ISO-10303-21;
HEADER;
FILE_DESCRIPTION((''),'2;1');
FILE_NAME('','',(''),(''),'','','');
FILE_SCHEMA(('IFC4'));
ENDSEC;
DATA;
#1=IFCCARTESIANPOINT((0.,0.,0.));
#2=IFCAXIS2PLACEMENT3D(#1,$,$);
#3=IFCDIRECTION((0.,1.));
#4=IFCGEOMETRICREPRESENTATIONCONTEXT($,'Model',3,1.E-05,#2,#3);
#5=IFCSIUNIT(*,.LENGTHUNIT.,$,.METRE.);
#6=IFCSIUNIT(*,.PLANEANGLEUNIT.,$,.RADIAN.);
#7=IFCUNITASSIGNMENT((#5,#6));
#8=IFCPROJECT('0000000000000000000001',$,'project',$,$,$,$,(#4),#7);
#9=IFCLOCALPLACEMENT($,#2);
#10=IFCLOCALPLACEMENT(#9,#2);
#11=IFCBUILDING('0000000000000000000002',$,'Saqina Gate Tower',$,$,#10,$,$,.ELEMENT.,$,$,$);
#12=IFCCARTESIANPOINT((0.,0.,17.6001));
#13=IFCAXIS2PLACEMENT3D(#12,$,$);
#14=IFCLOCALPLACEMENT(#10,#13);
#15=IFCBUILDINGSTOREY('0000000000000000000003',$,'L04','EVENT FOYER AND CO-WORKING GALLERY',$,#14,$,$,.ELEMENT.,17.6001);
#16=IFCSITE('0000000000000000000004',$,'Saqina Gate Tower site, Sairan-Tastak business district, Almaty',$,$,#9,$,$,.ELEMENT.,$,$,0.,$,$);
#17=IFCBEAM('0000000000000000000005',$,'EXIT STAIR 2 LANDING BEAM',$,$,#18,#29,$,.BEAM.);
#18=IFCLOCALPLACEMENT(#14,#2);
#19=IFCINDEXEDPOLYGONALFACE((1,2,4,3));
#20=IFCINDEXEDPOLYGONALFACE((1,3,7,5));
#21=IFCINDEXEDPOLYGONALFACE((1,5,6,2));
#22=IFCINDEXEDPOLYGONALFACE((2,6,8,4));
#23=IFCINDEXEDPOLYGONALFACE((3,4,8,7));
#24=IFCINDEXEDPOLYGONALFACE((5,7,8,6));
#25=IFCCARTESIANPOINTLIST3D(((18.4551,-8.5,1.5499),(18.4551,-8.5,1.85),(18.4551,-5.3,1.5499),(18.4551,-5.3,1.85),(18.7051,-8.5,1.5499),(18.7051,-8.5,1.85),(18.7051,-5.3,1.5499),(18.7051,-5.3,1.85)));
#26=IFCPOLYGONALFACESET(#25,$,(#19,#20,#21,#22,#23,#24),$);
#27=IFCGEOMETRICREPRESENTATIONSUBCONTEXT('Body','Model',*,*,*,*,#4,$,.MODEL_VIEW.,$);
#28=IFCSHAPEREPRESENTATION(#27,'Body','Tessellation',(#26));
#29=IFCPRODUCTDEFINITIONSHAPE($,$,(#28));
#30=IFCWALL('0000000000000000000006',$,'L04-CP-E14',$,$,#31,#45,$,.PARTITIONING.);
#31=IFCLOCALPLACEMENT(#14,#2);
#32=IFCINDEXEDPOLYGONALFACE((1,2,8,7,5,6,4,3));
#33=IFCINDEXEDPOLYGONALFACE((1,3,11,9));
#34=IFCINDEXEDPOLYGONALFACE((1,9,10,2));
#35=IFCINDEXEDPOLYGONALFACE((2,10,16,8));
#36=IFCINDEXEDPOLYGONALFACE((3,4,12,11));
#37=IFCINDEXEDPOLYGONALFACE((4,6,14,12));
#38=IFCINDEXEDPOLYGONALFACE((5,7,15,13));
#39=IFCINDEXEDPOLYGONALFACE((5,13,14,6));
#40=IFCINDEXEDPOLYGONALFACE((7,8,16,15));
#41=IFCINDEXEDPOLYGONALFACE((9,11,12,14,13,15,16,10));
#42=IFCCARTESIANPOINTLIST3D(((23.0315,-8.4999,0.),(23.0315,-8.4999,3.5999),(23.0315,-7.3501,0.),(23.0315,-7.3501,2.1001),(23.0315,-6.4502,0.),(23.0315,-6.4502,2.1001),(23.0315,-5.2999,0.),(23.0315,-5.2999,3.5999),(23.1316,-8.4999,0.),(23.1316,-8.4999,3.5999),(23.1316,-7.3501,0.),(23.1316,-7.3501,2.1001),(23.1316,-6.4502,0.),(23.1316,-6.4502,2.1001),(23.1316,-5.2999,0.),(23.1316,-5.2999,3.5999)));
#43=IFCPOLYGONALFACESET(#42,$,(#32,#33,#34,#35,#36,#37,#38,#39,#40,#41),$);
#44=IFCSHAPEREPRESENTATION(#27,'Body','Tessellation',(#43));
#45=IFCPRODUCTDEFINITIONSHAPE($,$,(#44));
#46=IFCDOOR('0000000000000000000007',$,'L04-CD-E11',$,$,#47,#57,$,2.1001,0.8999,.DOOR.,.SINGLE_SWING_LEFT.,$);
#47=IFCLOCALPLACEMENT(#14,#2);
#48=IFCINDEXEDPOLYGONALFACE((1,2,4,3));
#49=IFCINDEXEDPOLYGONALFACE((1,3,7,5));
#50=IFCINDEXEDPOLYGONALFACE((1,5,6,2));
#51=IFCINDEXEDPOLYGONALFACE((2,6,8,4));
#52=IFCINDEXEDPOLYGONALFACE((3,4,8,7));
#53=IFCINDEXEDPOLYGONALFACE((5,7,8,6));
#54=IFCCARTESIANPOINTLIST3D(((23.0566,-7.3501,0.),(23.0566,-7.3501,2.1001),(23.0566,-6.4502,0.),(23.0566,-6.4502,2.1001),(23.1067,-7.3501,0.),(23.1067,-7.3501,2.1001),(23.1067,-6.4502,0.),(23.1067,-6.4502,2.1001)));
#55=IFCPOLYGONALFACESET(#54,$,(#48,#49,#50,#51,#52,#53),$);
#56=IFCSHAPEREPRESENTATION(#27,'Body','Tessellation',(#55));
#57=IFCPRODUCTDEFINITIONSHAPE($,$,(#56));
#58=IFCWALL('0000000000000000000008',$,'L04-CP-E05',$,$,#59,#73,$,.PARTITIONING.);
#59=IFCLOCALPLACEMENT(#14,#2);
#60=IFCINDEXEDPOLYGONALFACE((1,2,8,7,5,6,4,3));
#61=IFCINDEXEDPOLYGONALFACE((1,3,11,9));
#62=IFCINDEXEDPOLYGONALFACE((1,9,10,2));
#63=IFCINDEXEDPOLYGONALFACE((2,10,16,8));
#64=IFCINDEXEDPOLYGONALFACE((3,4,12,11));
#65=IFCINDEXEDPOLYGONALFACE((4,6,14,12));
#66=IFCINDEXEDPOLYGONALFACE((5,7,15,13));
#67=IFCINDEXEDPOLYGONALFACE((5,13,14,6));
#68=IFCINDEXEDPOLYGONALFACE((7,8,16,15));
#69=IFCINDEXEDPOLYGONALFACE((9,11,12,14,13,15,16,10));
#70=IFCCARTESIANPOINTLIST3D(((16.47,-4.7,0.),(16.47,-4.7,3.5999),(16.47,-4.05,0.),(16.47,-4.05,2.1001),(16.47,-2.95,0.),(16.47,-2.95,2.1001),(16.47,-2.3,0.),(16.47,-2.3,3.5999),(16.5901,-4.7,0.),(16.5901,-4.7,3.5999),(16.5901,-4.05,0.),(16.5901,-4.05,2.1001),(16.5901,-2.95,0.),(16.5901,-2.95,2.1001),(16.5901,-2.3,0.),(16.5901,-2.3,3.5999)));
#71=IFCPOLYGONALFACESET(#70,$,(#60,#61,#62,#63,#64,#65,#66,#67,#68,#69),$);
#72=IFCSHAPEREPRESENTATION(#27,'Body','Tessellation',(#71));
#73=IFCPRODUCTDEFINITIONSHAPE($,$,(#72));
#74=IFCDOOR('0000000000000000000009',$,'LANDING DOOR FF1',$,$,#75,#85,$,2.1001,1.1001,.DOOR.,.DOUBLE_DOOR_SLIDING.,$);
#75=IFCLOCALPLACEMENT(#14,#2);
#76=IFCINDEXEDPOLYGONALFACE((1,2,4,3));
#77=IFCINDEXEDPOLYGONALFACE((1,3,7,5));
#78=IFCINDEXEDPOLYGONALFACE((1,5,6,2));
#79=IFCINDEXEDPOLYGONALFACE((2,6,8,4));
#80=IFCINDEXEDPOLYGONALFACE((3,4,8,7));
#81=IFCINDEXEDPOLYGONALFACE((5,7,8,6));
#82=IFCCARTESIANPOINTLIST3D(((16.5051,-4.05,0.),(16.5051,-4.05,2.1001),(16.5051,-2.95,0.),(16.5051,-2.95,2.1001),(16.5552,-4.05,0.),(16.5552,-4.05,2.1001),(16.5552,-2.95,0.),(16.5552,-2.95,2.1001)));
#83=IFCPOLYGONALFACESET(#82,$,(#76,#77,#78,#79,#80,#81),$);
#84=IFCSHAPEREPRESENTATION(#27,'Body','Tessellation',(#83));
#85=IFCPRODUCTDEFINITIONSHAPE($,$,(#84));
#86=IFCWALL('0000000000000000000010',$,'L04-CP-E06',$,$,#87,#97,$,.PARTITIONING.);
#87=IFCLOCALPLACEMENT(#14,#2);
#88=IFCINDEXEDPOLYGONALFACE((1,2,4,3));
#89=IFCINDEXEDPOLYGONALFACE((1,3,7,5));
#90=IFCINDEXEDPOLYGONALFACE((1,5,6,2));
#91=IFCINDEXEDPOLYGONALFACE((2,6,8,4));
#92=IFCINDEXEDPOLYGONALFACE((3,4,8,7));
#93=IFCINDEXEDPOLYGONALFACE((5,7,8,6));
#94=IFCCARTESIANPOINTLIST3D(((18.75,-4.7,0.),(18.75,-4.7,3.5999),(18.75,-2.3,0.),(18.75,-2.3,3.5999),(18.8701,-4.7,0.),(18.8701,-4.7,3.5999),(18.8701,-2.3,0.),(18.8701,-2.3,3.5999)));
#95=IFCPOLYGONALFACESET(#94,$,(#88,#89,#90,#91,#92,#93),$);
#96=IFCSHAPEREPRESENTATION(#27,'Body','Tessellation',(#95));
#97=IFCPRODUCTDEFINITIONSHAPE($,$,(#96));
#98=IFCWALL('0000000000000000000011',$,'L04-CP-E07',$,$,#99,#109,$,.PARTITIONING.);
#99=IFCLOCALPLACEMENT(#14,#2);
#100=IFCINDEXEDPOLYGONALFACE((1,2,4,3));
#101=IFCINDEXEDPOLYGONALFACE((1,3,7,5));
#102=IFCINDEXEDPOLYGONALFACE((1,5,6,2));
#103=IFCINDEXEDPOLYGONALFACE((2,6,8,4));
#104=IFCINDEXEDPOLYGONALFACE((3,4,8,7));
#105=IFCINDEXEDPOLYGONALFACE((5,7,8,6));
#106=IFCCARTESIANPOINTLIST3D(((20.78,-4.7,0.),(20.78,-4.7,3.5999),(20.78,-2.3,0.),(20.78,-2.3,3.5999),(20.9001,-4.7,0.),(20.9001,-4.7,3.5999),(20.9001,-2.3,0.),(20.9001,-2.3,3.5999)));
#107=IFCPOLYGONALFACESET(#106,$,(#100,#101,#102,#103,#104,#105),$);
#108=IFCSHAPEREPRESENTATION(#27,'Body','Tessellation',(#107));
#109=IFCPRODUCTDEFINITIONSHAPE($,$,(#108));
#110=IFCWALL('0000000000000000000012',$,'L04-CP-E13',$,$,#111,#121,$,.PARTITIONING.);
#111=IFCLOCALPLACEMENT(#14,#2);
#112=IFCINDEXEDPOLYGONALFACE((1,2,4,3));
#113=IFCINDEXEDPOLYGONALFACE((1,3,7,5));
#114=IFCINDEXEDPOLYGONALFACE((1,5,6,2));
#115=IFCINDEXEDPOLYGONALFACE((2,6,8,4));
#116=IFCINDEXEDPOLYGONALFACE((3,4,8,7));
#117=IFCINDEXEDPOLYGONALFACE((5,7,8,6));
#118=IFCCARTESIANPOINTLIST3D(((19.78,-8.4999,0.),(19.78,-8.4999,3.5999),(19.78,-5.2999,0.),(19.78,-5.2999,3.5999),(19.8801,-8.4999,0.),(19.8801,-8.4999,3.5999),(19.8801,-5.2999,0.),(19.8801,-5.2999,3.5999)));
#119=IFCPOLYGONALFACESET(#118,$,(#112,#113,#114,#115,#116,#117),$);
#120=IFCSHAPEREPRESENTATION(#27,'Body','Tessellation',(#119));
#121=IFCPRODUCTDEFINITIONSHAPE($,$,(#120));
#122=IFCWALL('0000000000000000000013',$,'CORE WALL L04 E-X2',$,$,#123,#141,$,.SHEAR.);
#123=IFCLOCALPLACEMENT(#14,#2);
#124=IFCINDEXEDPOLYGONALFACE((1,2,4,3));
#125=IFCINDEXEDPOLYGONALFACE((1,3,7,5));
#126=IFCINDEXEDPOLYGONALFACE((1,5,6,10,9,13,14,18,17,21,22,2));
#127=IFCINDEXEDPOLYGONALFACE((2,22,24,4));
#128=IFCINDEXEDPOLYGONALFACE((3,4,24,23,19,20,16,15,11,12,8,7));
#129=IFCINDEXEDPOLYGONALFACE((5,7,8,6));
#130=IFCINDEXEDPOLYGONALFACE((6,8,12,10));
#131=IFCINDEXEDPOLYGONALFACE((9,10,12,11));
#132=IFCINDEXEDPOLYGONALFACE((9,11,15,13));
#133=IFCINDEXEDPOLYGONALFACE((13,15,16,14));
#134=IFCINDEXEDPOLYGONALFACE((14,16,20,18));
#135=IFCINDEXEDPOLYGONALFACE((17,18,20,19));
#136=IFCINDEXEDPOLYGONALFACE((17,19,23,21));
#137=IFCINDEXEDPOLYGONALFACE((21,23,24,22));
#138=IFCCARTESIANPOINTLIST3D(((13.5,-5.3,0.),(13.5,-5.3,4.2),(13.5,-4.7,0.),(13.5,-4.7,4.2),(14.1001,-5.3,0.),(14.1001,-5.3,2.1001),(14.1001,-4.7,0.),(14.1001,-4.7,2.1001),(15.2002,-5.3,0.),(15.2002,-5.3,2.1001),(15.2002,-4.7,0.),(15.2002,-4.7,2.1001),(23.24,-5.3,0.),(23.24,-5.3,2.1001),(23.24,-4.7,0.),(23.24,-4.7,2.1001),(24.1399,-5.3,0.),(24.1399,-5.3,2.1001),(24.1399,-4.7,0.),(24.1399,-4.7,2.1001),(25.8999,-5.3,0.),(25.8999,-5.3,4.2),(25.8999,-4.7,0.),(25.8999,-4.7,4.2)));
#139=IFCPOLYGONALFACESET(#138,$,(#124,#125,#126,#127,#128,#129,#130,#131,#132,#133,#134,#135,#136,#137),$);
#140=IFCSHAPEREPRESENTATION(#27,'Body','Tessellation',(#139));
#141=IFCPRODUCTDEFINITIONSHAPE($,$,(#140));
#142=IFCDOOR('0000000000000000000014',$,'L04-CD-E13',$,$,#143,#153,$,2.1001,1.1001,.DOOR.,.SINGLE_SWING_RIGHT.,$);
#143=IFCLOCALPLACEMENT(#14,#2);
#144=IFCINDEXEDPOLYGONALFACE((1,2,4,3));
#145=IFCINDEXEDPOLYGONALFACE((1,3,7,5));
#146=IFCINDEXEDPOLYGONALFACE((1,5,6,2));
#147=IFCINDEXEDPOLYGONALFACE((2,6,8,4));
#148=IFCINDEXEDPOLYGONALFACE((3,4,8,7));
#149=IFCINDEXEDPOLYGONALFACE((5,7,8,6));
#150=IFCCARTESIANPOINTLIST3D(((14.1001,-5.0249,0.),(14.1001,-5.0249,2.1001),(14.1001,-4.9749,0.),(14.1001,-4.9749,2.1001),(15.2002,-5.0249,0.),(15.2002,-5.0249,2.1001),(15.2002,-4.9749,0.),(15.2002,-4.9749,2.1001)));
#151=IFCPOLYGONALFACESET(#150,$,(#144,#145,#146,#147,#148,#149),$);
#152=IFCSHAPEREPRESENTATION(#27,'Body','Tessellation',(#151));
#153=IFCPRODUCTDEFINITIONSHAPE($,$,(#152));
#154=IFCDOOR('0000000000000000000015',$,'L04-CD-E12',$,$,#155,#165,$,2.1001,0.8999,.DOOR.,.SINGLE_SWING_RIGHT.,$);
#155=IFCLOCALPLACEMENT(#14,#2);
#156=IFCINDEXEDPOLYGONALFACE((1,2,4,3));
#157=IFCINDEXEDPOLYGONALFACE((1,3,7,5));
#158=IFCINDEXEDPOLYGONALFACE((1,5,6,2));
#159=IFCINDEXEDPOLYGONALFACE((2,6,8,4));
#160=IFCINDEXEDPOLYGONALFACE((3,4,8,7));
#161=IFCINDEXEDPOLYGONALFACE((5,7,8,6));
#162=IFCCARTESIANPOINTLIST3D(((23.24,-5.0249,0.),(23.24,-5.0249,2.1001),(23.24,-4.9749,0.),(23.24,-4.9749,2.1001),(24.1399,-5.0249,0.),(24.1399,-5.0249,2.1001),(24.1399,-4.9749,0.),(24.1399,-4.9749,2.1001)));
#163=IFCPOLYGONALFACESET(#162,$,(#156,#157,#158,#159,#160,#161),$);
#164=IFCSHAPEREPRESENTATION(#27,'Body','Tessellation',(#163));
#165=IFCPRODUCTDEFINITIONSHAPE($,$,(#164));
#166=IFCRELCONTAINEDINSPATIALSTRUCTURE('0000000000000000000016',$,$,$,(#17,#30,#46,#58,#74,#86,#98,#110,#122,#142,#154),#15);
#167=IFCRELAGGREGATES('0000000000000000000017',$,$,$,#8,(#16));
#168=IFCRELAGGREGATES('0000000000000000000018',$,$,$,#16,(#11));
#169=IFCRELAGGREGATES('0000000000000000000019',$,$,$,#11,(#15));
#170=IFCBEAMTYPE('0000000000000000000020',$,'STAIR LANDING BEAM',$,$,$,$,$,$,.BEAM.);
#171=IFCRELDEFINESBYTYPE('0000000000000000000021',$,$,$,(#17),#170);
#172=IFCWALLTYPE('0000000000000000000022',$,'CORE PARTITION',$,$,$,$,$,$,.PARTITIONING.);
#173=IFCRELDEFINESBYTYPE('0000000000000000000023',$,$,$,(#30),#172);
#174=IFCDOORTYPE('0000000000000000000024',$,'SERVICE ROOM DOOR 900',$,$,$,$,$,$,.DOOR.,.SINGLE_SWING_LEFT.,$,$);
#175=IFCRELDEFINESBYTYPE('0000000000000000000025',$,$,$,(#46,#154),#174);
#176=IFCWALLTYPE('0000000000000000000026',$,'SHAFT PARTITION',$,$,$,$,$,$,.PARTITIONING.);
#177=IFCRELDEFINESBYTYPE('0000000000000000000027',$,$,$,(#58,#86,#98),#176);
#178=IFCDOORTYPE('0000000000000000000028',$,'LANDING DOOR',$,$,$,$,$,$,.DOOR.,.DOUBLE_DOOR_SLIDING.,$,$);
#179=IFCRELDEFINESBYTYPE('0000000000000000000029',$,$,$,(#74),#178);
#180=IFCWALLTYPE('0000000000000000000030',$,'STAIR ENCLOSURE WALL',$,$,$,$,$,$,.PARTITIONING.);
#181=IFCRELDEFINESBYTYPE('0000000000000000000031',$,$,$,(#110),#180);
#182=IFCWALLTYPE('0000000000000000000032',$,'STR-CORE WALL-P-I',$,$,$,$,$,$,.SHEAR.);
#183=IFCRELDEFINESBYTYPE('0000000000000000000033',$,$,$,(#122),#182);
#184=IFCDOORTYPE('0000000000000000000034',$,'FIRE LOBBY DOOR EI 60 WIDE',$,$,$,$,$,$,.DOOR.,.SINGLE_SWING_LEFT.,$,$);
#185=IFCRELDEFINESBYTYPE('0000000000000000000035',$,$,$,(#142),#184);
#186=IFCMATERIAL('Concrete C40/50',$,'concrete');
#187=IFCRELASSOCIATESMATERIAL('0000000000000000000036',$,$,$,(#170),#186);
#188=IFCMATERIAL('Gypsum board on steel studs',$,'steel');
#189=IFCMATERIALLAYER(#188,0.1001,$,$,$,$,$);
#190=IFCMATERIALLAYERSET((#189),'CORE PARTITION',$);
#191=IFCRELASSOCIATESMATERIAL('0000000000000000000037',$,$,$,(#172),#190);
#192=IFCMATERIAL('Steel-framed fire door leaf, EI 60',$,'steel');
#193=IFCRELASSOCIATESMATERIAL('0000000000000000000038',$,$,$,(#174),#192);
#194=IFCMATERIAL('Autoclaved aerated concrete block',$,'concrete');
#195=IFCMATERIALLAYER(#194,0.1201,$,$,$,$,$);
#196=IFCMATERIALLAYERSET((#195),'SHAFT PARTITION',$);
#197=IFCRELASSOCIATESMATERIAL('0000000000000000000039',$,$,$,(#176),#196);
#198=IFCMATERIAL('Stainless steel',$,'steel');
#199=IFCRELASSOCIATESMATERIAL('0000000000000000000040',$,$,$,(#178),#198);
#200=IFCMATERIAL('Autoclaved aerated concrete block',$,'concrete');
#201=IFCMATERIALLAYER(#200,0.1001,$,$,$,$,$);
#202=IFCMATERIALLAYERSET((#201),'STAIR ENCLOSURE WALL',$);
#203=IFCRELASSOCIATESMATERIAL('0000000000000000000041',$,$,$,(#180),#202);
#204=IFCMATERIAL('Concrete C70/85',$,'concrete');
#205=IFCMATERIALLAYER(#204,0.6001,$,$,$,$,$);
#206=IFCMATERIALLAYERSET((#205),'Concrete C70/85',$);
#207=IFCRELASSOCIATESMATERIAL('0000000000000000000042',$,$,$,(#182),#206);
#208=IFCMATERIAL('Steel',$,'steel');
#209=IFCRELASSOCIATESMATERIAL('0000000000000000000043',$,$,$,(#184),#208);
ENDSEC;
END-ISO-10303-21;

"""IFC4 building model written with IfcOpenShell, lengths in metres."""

from ifc_helpers import new_model, si_unit, direction, frame, frame_2d, origin, origin_2d, place, context, subcontext, project, spatial, rectangle, extrude, material, layer, layer_set, material_profile, profile_set, type_object, element, fill, save


model = new_model("IFC4")

# Units and contexts
model_context = context("Model", 3, precision=1e-05, world=origin(), true_north=direction((0.0, 1.0)))
body_context = subcontext(model_context, "Body", "Model", "MODEL_VIEW")
ifc_project = project(units=[si_unit("LENGTHUNIT", "METRE"), si_unit("PLANEANGLEUNIT", "RADIAN")], contexts=[model_context])

# Site, building, storey
site_placement = place(None, origin())
site = spatial("IfcSite", under=ifc_project, at=site_placement, Name="Saqina Gate Tower site, Sairan-Tastak business district, Almaty", CompositionType="ELEMENT", RefElevation=0.0)
building_placement = place(site_placement, origin())
building = spatial("IfcBuilding", under=site, at=building_placement, Name="Saqina Gate Tower", CompositionType="ELEMENT")
storey_placement = place(building_placement, frame((0.0, 0.0, 17.6001)))
storey = spatial("IfcBuildingStorey", under=building, at=storey_placement, Name="L04", Description="EVENT FOYER AND CO-WORKING GALLERY", CompositionType="ELEMENT", Elevation=17.6001)

# Beam
ifc_material_1 = material(Name="Concrete C40/50", Category="concrete")
ifc_material_profile = material_profile(ifc_material_1, rectangle(XDim=0.25, YDim=0.3, at=origin_2d()), Name="STAIR LANDING BEAM")
ifc_profile_set = profile_set([ifc_material_profile], Name="Concrete C40/50")
beam_type = type_object("IfcBeamType", Name="STAIR LANDING BEAM", PredefinedType="BEAM", material=ifc_profile_set)
beam_placement = place(storey_placement, frame((18.5801, -8.5, 1.7), z_axis=(0.0, 1.0, 0.0), x_axis=(-1.0, 0.0, 0.0)))
element("IfcBeam", 1, at=beam_placement, inside=storey, type_object=beam_type, Name="EXIT STAIR 2 LANDING BEAM", PredefinedType="BEAM", context=body_context, shape_type="SweptSolid", body=[
    extrude(rectangle(XDim=0.25, YDim=0.3, at=origin_2d()), origin(), (0.0, 0.0, 1.0), 3.2),
])

# Walls, openings, doors
ifc_material_2 = material(Name="Gypsum board on steel studs", Category="steel")
ifc_layer_1 = layer(ifc_material_2, 0.1001)
ifc_layer_set_1 = layer_set([ifc_layer_1], Name="CORE PARTITION")
wall_type_1 = type_object("IfcWallType", Name="CORE PARTITION", PredefinedType="PARTITIONING", material=ifc_layer_set_1)
wall_1_placement = place(storey_placement, frame((23.0815, -8.5, 0.0), z_axis=(0.0, 0.0, 1.0), x_axis=(0.0, 1.0, 0.0)))
wall_1 = element("IfcWall", 2, at=wall_1_placement, inside=storey, type_object=wall_type_1, Name="L04-CP-E14", PredefinedType="PARTITIONING", context=body_context, shape_type="SweptSolid", body=[
    extrude(rectangle(XDim=3.2, YDim=0.1001, at=frame_2d((1.6001, 0.0))), origin(), (0.0, 0.0, 1.0), 3.5999),
])
opening_1_placement = place(wall_1_placement, frame((1.1499, 0.0, 0.0)))
opening_1 = element("IfcOpeningElement", 3, at=opening_1_placement, cuts=wall_1, PredefinedType="OPENING", context=body_context, shape_type="SweptSolid", body=[
    extrude(rectangle(XDim=0.8999, YDim=2.1001, at=frame_2d((0.45, 1.05))), frame((0.0, 0.062, 0.0), z_axis=(0.0, -1.0, 0.0), x_axis=(1.0, 0.0, 0.0)), (0.0, 0.0, 1.0), 0.124),
])
ifc_material_3 = material(Name="Steel-framed fire door leaf, EI 60", Category="steel")
door_type_1 = type_object("IfcDoorType", Name="SERVICE ROOM DOOR 900", OperationType="SINGLE_SWING_LEFT", PredefinedType="DOOR", material=ifc_material_3)
door_1_placement = place(opening_1_placement, origin())
door_1 = element("IfcDoor", 4, at=door_1_placement, inside=storey, type_object=door_type_1, Name="L04-CD-E11", OperationType="SINGLE_SWING_LEFT", OverallHeight=2.1001, OverallWidth=0.8999, PredefinedType="DOOR", context=body_context, shape_type="SweptSolid", body=[
    extrude(rectangle(XDim=0.8999, YDim=2.1001, at=frame_2d((0.45, 1.05))), frame((0.0, 0.0249, 0.0), z_axis=(0.0, -1.0, 0.0), x_axis=(1.0, 0.0, 0.0)), (0.0, 0.0, 1.0), 0.05),
])
fill(opening_1, door_1)
ifc_material_4 = material(Name="Autoclaved aerated concrete block", Category="concrete")
ifc_layer_2 = layer(ifc_material_4, 0.1201)
ifc_layer_set_2 = layer_set([ifc_layer_2], Name="SHAFT PARTITION")
wall_type_2 = type_object("IfcWallType", Name="SHAFT PARTITION", PredefinedType="PARTITIONING", material=ifc_layer_set_2)
wall_2_placement = place(storey_placement, frame((16.53, -4.7, 0.0), z_axis=(0.0, 0.0, 1.0), x_axis=(0.0, 1.0, 0.0)))
wall_2 = element("IfcWall", 5, at=wall_2_placement, inside=storey, type_object=wall_type_2, Name="L04-CP-E05", PredefinedType="PARTITIONING", context=body_context, shape_type="SweptSolid", body=[
    extrude(rectangle(XDim=2.3999, YDim=0.1201, at=frame_2d((1.2, 0.0))), origin(), (0.0, 0.0, 1.0), 3.5999),
])
opening_2_placement = place(wall_2_placement, frame((0.6499, 0.0, 0.0)))
opening_2 = element("IfcOpeningElement", 6, at=opening_2_placement, cuts=wall_2, PredefinedType="OPENING", context=body_context, shape_type="SweptSolid", body=[
    extrude(rectangle(XDim=1.1001, YDim=2.1001, at=frame_2d((0.55, 1.05))), frame((0.0, 0.072, 0.0), z_axis=(0.0, -1.0, 0.0), x_axis=(1.0, 0.0, 0.0)), (0.0, 0.0, 1.0), 0.144),
])
ifc_material_5 = material(Name="Stainless steel", Category="steel")
door_type_2 = type_object("IfcDoorType", Name="LANDING DOOR", OperationType="DOUBLE_DOOR_SLIDING", PredefinedType="DOOR", material=ifc_material_5)
door_2_placement = place(opening_2_placement, origin())
door_2 = element("IfcDoor", 7, at=door_2_placement, inside=storey, type_object=door_type_2, Name="LANDING DOOR FF1", OperationType="DOUBLE_DOOR_SLIDING", OverallHeight=2.1001, OverallWidth=1.1001, PredefinedType="DOOR", context=body_context, shape_type="SweptSolid", body=[
    extrude(rectangle(XDim=1.1001, YDim=2.1001, at=frame_2d((0.55, 1.05))), frame((0.0, 0.0249, 0.0), z_axis=(0.0, -1.0, 0.0), x_axis=(1.0, 0.0, 0.0)), (0.0, 0.0, 1.0), 0.05),
])
fill(opening_2, door_2)

# Walls
for number, where, z_axis, x_axis, name in (
    (8, (18.8101, -4.7, 0.0), (0.0, 0.0, 1.0), (0.0, 1.0, 0.0), "L04-CP-E06"),
    (9, (20.8401, -4.7, 0.0), (0.0, 0.0, 1.0), (0.0, 1.0, 0.0), "L04-CP-E07"),
):
    element("IfcWall", number, at=place(storey_placement, frame(where, z_axis=z_axis, x_axis=x_axis)), inside=storey, type_object=wall_type_2, Name=name, PredefinedType="PARTITIONING", context=body_context, shape_type="SweptSolid", body=[
        extrude(rectangle(XDim=2.3999, YDim=0.1201, at=frame_2d((1.2, 0.0))), origin(), (0.0, 0.0, 1.0), 3.5999),
    ])
ifc_material_6 = material(Name="Autoclaved aerated concrete block", Category="concrete")
ifc_layer_3 = layer(ifc_material_6, 0.1001)
ifc_layer_set_3 = layer_set([ifc_layer_3], Name="STAIR ENCLOSURE WALL")
wall_type_3 = type_object("IfcWallType", Name="STAIR ENCLOSURE WALL", PredefinedType="PARTITIONING", material=ifc_layer_set_3)
wall_3_placement = place(storey_placement, frame((19.8301, -8.5, 0.0), z_axis=(0.0, 0.0, 1.0), x_axis=(0.0, 1.0, 0.0)))
element("IfcWall", 10, at=wall_3_placement, inside=storey, type_object=wall_type_3, Name="L04-CP-E13", PredefinedType="PARTITIONING", context=body_context, shape_type="SweptSolid", body=[
    extrude(rectangle(XDim=3.2, YDim=0.1001, at=frame_2d((1.6001, 0.0))), origin(), (0.0, 0.0, 1.0), 3.5999),
])

# Wall, openings, doors
ifc_material_7 = material(Name="Concrete C70/85", Category="concrete")
ifc_layer_4 = layer(ifc_material_7, 0.6001)
ifc_layer_set_4 = layer_set([ifc_layer_4], Name="Concrete C70/85")
wall_type_4 = type_object("IfcWallType", Name="STR-CORE WALL-P-I", PredefinedType="SHEAR", material=ifc_layer_set_4)
wall_4_placement = place(storey_placement, frame((13.5, -5.0, 0.0), z_axis=(0.0, 0.0, 1.0), x_axis=(1.0, 0.0, 0.0)))
wall_4 = element("IfcWall", 11, at=wall_4_placement, inside=storey, type_object=wall_type_4, Name="CORE WALL L04 E-X2", PredefinedType="SHEAR", context=body_context, shape_type="SweptSolid", body=[
    extrude(rectangle(XDim=12.3999, YDim=0.6001, at=frame_2d((6.2, 0.0))), origin(), (0.0, 0.0, 1.0), 4.2),
])
opening_3_placement = place(wall_4_placement, frame((9.74, 0.0, 0.0)))
opening_3 = element("IfcOpeningElement", 12, at=opening_3_placement, cuts=wall_4, PredefinedType="OPENING", context=body_context, shape_type="SweptSolid", body=[
    extrude(rectangle(XDim=0.8999, YDim=2.1001, at=frame_2d((0.45, 1.05))), frame((0.0, 0.312, 0.0), z_axis=(0.0, -1.0, 0.0), x_axis=(1.0, 0.0, 0.0)), (0.0, 0.0, 1.0), 0.624),
])
opening_4_placement = place(wall_4_placement, frame((0.6001, 0.0, 0.0)))
opening_4 = element("IfcOpeningElement", 13, at=opening_4_placement, cuts=wall_4, PredefinedType="OPENING", context=body_context, shape_type="SweptSolid", body=[
    extrude(rectangle(XDim=1.1001, YDim=2.1001, at=frame_2d((0.55, 1.05))), frame((0.0, 0.312, 0.0), z_axis=(0.0, -1.0, 0.0), x_axis=(1.0, 0.0, 0.0)), (0.0, 0.0, 1.0), 0.624),
])
ifc_material_8 = material(Name="Steel", Category="steel")
door_type_3 = type_object("IfcDoorType", Name="FIRE LOBBY DOOR EI 60 WIDE", OperationType="SINGLE_SWING_LEFT", PredefinedType="DOOR", material=ifc_material_8)
door_3_placement = place(opening_4_placement, frame((1.1001, 0.0, 0.0), z_axis=(0.0, 0.0, 1.0), x_axis=(-1.0, 0.0, 0.0)))
door_3 = element("IfcDoor", 14, at=door_3_placement, inside=storey, type_object=door_type_3, Name="L04-CD-E13", OperationType="SINGLE_SWING_RIGHT", OverallHeight=2.1001, OverallWidth=1.1001, PredefinedType="DOOR", context=body_context, shape_type="SweptSolid", body=[
    extrude(rectangle(XDim=1.1001, YDim=2.1001, at=frame_2d((0.55, 1.05))), frame((0.0, 0.0249, 0.0), z_axis=(0.0, -1.0, 0.0), x_axis=(1.0, 0.0, 0.0)), (0.0, 0.0, 1.0), 0.05),
])
fill(opening_4, door_3)
door_4_placement = place(opening_3_placement, frame((0.8999, 0.0, 0.0), z_axis=(0.0, 0.0, 1.0), x_axis=(-1.0, 0.0, 0.0)))
door_4 = element("IfcDoor", 15, at=door_4_placement, inside=storey, type_object=door_type_1, Name="L04-CD-E12", OperationType="SINGLE_SWING_RIGHT", OverallHeight=2.1001, OverallWidth=0.8999, PredefinedType="DOOR", context=body_context, shape_type="SweptSolid", body=[
    extrude(rectangle(XDim=0.8999, YDim=2.1001, at=frame_2d((0.45, 1.05))), frame((0.0, 0.0249, 0.0), z_axis=(0.0, -1.0, 0.0), x_axis=(1.0, 0.0, 0.0)), (0.0, 0.0, 1.0), 0.05),
])
fill(opening_3, door_4)

save(model, "model.ifc")
